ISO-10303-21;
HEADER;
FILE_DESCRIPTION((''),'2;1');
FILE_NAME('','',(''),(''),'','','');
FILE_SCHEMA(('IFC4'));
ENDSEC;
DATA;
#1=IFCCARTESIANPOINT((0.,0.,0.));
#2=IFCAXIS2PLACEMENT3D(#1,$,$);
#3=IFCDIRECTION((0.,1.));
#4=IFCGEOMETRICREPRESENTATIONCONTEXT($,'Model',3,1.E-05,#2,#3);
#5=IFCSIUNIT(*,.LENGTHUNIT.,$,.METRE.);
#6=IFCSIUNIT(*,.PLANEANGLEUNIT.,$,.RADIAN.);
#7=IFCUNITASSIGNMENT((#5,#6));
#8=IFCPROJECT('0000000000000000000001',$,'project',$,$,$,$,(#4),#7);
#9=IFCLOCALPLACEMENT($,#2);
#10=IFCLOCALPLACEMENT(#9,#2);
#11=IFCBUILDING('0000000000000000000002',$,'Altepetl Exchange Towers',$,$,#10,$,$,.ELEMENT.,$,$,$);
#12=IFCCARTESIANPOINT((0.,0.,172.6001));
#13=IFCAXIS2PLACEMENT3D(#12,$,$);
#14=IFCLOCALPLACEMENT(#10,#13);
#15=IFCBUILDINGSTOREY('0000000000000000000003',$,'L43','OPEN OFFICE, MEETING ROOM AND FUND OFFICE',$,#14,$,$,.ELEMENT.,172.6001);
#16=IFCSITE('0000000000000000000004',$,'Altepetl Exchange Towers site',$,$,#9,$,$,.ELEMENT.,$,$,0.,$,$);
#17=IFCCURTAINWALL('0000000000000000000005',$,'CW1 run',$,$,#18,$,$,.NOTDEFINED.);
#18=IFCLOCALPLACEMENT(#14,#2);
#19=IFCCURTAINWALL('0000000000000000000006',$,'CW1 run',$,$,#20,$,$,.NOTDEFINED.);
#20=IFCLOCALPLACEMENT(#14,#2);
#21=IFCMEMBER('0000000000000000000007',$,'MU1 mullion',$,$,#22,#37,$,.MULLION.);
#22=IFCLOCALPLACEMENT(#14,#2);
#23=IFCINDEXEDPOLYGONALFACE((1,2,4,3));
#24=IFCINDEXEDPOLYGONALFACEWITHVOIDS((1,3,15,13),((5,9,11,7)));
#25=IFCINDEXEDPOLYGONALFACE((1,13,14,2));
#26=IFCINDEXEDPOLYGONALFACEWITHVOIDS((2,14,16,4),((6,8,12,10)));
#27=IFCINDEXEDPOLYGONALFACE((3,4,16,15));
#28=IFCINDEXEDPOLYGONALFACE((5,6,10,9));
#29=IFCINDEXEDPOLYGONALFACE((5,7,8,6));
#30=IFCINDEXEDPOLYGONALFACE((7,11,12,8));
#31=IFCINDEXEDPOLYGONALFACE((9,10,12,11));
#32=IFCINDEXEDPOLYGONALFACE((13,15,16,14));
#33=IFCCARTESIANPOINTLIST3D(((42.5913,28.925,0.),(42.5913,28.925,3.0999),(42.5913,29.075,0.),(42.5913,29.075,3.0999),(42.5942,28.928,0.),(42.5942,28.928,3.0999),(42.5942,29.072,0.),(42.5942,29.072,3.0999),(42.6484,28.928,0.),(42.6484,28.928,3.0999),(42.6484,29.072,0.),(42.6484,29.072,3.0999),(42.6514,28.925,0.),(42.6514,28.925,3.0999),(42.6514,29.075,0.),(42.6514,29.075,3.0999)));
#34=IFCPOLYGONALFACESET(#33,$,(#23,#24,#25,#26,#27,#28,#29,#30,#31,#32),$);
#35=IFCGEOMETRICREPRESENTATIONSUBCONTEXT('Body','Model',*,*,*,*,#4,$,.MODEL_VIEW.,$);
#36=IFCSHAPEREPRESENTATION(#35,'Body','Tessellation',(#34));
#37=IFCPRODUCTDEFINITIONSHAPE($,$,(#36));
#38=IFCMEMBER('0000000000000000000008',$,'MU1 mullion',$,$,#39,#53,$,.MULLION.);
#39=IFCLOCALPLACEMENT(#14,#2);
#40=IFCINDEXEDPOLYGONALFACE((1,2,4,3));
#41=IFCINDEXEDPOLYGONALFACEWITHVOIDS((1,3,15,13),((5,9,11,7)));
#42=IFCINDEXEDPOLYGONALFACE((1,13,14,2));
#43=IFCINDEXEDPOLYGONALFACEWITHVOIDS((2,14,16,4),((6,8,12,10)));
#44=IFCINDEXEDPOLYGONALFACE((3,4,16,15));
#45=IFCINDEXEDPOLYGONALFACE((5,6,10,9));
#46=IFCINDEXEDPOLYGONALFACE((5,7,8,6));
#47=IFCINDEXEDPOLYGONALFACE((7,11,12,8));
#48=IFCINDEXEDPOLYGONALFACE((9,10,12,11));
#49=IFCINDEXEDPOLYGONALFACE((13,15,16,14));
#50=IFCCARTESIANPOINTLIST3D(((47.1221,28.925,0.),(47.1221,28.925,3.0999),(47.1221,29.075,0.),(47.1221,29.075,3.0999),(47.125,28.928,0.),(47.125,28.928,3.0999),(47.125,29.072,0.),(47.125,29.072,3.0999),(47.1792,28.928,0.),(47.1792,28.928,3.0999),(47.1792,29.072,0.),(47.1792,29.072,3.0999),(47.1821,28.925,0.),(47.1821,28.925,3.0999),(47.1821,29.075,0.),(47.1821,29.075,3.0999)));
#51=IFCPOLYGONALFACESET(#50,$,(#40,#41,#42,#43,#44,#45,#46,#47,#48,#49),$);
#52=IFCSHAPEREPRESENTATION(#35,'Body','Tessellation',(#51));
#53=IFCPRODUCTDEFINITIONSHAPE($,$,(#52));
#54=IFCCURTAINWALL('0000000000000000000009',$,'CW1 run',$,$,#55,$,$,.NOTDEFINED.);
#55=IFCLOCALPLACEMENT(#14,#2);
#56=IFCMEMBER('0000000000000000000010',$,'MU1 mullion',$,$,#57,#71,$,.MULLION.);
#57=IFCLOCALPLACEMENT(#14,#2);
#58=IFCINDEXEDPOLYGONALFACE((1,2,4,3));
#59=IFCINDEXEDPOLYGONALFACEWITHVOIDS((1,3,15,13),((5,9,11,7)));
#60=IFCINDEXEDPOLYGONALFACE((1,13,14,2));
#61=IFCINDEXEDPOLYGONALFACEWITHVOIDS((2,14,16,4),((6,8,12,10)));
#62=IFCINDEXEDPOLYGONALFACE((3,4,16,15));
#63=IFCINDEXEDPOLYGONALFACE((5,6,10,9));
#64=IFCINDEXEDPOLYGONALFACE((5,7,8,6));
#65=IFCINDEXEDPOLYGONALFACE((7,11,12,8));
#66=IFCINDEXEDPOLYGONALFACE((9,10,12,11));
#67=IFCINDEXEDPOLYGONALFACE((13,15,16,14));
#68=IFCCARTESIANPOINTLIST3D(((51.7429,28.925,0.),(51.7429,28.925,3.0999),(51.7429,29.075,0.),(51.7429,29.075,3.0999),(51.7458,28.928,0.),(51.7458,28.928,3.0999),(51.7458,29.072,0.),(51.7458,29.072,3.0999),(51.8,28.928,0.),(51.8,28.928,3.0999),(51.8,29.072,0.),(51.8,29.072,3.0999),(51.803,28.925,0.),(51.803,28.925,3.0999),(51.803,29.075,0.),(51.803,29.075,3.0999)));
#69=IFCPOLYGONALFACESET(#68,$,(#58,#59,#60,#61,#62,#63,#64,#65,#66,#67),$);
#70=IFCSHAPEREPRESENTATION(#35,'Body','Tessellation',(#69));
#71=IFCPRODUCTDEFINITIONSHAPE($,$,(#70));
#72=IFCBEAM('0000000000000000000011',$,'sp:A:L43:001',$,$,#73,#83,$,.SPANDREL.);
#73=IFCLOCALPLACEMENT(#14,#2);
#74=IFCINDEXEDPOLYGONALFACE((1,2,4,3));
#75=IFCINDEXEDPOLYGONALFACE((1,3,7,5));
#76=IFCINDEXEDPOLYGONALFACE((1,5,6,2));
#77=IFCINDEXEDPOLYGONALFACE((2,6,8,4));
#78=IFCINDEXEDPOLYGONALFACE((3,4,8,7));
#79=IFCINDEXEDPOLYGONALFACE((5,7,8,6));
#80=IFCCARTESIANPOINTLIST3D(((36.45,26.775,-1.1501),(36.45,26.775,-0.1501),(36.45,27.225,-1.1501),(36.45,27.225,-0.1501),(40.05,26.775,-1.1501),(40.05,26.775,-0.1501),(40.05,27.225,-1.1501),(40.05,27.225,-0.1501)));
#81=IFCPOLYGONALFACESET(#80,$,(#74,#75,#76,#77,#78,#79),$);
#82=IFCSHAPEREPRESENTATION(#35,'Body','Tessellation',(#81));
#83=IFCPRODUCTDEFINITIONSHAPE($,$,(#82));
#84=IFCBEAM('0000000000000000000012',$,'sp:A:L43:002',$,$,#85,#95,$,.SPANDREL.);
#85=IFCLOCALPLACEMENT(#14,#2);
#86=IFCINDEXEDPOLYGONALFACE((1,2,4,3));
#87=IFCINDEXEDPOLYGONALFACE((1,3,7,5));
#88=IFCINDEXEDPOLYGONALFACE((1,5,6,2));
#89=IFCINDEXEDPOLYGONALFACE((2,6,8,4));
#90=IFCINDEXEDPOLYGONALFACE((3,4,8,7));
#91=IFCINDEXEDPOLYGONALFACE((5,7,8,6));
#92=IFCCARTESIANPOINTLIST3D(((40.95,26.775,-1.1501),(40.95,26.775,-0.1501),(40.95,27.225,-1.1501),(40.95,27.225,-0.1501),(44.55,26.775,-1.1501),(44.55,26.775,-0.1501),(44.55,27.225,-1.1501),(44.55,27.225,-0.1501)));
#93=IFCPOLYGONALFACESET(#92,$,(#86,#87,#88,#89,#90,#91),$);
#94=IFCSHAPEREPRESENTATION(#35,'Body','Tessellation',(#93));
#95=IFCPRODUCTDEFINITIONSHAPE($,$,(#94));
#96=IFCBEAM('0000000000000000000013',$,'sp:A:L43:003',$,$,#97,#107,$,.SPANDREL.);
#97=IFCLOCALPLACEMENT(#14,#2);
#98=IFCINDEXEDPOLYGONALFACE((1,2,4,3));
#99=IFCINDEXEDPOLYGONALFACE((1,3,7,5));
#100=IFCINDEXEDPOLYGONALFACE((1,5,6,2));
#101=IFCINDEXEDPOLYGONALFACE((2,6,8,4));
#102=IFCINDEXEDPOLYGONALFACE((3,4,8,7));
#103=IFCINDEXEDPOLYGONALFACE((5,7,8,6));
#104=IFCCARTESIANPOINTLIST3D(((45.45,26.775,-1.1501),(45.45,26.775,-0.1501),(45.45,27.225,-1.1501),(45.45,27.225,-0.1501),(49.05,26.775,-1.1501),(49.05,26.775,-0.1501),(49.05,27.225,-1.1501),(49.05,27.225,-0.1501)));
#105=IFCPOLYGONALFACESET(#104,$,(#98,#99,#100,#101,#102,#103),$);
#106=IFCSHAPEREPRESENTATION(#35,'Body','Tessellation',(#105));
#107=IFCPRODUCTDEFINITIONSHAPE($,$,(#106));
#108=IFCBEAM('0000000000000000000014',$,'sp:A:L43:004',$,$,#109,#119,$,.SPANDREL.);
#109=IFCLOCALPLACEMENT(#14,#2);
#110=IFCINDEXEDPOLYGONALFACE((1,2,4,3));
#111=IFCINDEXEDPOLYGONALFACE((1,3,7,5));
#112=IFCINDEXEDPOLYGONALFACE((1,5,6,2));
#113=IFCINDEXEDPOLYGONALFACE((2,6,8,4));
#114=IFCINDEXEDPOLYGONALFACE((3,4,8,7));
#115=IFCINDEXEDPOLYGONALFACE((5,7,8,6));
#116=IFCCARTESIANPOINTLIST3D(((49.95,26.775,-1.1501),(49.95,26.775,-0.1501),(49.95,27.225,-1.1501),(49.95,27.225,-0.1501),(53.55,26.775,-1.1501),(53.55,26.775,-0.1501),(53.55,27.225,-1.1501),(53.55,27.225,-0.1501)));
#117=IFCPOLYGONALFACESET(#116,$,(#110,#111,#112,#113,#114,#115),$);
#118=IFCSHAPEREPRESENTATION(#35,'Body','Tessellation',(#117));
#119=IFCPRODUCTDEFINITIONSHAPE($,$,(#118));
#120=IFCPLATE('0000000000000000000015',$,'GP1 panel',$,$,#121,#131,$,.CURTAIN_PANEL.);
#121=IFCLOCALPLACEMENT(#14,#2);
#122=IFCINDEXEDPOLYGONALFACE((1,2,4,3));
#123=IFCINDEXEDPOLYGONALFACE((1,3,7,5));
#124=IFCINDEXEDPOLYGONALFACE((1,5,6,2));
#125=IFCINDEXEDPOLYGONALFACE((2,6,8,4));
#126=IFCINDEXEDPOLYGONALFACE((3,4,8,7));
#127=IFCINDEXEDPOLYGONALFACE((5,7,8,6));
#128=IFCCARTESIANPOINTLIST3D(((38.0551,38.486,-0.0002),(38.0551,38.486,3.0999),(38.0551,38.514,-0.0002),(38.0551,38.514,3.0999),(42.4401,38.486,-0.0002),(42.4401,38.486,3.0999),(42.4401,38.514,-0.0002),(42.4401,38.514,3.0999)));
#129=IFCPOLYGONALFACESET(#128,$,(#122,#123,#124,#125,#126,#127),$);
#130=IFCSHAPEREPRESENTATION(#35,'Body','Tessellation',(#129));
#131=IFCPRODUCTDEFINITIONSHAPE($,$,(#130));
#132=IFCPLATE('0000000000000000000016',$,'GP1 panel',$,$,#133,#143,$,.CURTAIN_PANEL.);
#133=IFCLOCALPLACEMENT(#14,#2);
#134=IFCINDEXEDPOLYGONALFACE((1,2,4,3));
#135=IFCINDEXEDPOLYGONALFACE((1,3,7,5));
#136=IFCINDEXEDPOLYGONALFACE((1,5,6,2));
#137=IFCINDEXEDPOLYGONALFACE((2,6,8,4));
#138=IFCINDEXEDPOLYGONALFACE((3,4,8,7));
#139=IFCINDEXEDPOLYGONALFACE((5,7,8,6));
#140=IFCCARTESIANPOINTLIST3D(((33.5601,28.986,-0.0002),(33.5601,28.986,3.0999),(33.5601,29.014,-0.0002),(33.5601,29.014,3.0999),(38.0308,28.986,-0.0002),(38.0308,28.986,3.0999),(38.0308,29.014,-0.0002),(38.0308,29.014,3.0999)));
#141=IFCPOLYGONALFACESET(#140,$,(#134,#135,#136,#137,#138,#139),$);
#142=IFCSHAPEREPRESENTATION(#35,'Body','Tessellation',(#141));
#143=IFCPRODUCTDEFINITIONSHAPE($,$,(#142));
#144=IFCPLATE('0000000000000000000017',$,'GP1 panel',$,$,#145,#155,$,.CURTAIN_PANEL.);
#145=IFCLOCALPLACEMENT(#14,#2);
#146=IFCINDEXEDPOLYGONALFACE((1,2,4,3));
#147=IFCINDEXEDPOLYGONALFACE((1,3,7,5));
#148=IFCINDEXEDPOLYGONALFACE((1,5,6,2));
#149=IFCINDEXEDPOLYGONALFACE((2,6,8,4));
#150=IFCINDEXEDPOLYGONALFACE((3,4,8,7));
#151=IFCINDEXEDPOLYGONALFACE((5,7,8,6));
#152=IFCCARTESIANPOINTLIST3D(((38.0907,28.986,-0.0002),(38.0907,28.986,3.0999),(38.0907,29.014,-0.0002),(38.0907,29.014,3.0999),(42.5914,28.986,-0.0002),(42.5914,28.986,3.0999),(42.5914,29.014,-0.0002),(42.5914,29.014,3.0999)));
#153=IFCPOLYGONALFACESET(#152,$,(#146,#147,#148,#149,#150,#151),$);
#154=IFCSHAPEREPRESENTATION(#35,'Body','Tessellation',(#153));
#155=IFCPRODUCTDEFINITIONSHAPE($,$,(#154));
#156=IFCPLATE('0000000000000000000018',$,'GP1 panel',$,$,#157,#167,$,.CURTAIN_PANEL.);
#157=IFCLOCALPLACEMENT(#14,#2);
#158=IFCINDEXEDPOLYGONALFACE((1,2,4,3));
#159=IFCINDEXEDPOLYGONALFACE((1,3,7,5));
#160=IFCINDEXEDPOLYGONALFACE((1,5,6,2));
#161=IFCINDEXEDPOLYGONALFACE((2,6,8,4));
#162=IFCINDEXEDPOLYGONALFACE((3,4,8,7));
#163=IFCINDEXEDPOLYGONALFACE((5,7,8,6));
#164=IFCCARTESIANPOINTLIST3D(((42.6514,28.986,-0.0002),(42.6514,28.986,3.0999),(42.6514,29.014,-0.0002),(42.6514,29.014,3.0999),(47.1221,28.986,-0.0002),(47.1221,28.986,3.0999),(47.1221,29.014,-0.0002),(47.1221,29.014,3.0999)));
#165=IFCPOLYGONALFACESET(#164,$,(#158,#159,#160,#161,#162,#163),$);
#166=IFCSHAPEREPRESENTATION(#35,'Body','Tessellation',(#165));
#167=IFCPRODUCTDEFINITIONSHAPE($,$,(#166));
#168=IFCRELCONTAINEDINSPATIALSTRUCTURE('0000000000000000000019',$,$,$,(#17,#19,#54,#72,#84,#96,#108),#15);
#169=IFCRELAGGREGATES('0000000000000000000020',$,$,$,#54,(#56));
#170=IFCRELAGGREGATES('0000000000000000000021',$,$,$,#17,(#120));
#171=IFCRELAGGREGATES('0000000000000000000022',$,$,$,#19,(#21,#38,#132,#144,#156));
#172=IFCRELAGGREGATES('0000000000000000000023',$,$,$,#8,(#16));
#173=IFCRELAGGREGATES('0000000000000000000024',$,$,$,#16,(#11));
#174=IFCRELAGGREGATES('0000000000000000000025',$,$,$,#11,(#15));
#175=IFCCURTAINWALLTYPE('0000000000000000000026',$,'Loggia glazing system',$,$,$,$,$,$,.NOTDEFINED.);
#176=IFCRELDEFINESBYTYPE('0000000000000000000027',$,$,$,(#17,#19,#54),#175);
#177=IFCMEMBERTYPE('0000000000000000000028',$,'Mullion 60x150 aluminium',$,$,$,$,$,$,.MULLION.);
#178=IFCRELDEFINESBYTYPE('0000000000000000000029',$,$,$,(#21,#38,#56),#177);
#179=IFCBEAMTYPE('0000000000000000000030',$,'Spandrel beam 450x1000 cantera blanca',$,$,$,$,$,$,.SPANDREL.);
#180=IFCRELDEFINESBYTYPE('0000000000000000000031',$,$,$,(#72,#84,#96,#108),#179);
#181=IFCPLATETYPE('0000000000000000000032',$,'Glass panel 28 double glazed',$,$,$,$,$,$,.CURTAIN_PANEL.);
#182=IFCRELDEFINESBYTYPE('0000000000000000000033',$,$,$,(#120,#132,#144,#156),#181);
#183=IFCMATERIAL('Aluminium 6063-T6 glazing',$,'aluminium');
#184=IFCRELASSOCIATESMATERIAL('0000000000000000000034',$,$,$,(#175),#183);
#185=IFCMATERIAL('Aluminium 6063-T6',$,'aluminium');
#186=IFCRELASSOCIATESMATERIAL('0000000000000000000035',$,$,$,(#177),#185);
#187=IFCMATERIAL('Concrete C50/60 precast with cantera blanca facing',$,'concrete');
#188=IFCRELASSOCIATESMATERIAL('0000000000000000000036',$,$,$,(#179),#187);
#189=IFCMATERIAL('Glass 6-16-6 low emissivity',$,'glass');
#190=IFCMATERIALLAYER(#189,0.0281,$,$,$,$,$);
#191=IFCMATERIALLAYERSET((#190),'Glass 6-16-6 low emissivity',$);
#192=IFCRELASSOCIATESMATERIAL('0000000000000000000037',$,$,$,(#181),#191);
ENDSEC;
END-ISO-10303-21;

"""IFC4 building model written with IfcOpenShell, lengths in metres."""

from ifc_helpers import new_model, si_unit, direction, frame, origin, origin_2d, place, context, subcontext, project, spatial, rectangle, hollow_rectangle, extrude, material, layer, layer_set, material_profile, profile_set, type_object, element, aggregate, save


model = new_model("IFC4")

# Units and contexts
model_context = context("Model", 3, precision=1e-05, world=origin(), true_north=direction((0.0, 1.0)))
body_context = subcontext(model_context, "Body", "Model", "MODEL_VIEW")
ifc_project = project(units=[si_unit("LENGTHUNIT", "METRE"), si_unit("PLANEANGLEUNIT", "RADIAN")], contexts=[model_context])

# Site, building, storey
site_placement = place(None, origin())
site = spatial("IfcSite", under=ifc_project, at=site_placement, Name="Altepetl Exchange Towers site", CompositionType="ELEMENT", RefElevation=0.0)
building_placement = place(site_placement, origin())
building = spatial("IfcBuilding", under=site, at=building_placement, Name="Altepetl Exchange Towers", CompositionType="ELEMENT")
storey_placement = place(building_placement, frame((0.0, 0.0, 172.6001)))
storey = spatial("IfcBuildingStorey", under=building, at=storey_placement, Name="L43", Description="OPEN OFFICE, MEETING ROOM AND FUND OFFICE", CompositionType="ELEMENT", Elevation=172.6001)

# Curtain walls, members
ifc_material_1 = material(Name="Aluminium 6063-T6 glazing", Category="aluminium")
curtain_wall_type = type_object("IfcCurtainWallType", Name="Loggia glazing system", PredefinedType="NOTDEFINED", material=ifc_material_1)
curtain_wall_1_placement = place(storey_placement, origin())
curtain_wall_1 = element("IfcCurtainWall", 1, at=curtain_wall_1_placement, inside=storey, type_object=curtain_wall_type, Name="CW1 run", PredefinedType="NOTDEFINED")
ifc_material_2 = material(Name="Aluminium 6063-T6", Category="aluminium")
ifc_material_profile_1 = material_profile(ifc_material_2, hollow_rectangle(XDim=0.0601, YDim=0.1499, WallThickness=0.0029, at=origin_2d()), Name="Mullion 60x150 aluminium")
ifc_profile_set_1 = profile_set([ifc_material_profile_1], Name="Aluminium 6063-T6")
member_type = type_object("IfcMemberType", Name="Mullion 60x150 aluminium", PredefinedType="MULLION", material=ifc_profile_set_1)
curtain_wall_2_placement = place(storey_placement, origin())
curtain_wall_2 = element("IfcCurtainWall", 2, at=curtain_wall_2_placement, inside=storey, type_object=curtain_wall_type, Name="CW1 run", PredefinedType="NOTDEFINED")
member_1_placement = place(storey_placement, frame((42.6213, 29.0, 0.0)))
member_1 = element("IfcMember", 3, at=member_1_placement, type_object=member_type, Name="MU1 mullion", PredefinedType="MULLION", context=body_context, shape_type="SweptSolid", body=[
    extrude(hollow_rectangle(XDim=0.0601, YDim=0.1499, WallThickness=0.0029, at=origin_2d()), origin(), (0.0, 0.0, 1.0), 3.0999),
])
member_2_placement = place(storey_placement, frame((47.1521, 29.0, 0.0)))
member_2 = element("IfcMember", 4, at=member_2_placement, type_object=member_type, Name="MU1 mullion", PredefinedType="MULLION", context=body_context, shape_type="SweptSolid", body=[
    extrude(hollow_rectangle(XDim=0.0601, YDim=0.1499, WallThickness=0.0029, at=origin_2d()), origin(), (0.0, 0.0, 1.0), 3.0999),
])

# Curtain wall, member
curtain_wall_3_placement = place(storey_placement, origin())
curtain_wall_3 = element("IfcCurtainWall", 5, at=curtain_wall_3_placement, inside=storey, type_object=curtain_wall_type, Name="CW1 run", PredefinedType="NOTDEFINED")
member_3_placement = place(storey_placement, frame((51.7729, 29.0, 0.0)))
member_3 = element("IfcMember", 6, at=member_3_placement, type_object=member_type, Name="MU1 mullion", PredefinedType="MULLION", context=body_context, shape_type="SweptSolid", body=[
    extrude(hollow_rectangle(XDim=0.0601, YDim=0.1499, WallThickness=0.0029, at=origin_2d()), origin(), (0.0, 0.0, 1.0), 3.0999),
])
aggregate(curtain_wall_3, [member_3])

# Beams
ifc_material_3 = material(Name="Concrete C50/60 precast with cantera blanca facing", Category="concrete")
ifc_material_profile_2 = material_profile(ifc_material_3, rectangle(XDim=0.45, YDim=1.0, at=origin_2d()), Name="450 x 1000")
ifc_profile_set_2 = profile_set([ifc_material_profile_2], Name="Concrete C50/60 precast with cantera blanca facing")
beam_type_1 = type_object("IfcBeamType", Name="Spandrel beam 450x1000 cantera blanca", PredefinedType="SPANDREL", material=ifc_profile_set_2)
for number, where, z_axis, x_axis, name in (
    (7, (36.45, 27.0, -0.6501), (1.0, 0.0, 0.0), (0.0, 1.0, 0.0), "sp:A:L43:001"),
    (8, (40.95, 27.0, -0.6501), (1.0, 0.0, 0.0), (0.0, 1.0, 0.0), "sp:A:L43:002"),
    (9, (45.45, 27.0, -0.6501), (1.0, 0.0, 0.0), (0.0, 1.0, 0.0), "sp:A:L43:003"),
    (10, (49.95, 27.0, -0.6501), (1.0, 0.0, 0.0), (0.0, 1.0, 0.0), "sp:A:L43:004"),
):
    element("IfcBeam", number, at=place(storey_placement, frame(where, z_axis=z_axis, x_axis=x_axis)), inside=storey, type_object=beam_type_1, Name=name, PredefinedType="SPANDREL", context=body_context, shape_type="SweptSolid", body=[
        extrude(rectangle(XDim=0.45, YDim=1.0, at=origin_2d()), origin(), (0.0, 0.0, 1.0), 3.6001),
    ])

# Plates
ifc_material_4 = material(Name="Glass 6-16-6 low emissivity", Category="glass")
ifc_layer_1 = layer(ifc_material_4, 0.0281)
ifc_layer_set_1 = layer_set([ifc_layer_1], Name="Glass 6-16-6 low emissivity")
plate_type = type_object("IfcPlateType", Name="Glass panel 28 double glazed", PredefinedType="CURTAIN_PANEL", material=ifc_layer_set_1)
plate_1_placement = place(storey_placement, frame((40.2476, 38.5, -0.0002), z_axis=(0.0, 0.0, 1.0), x_axis=(-1.0, 0.0, 0.0)))
plate_1 = element("IfcPlate", 11, at=plate_1_placement, type_object=plate_type, Name="GP1 panel", PredefinedType="CURTAIN_PANEL", context=body_context, shape_type="SweptSolid", body=[
    extrude(rectangle(XDim=4.385, YDim=0.0281, at=origin_2d()), origin(), (0.0, 0.0, 1.0), 3.1001),
])
aggregate(curtain_wall_1, [plate_1])
plate_2_placement = place(storey_placement, frame((35.7954, 29.0, -0.0002)))
plate_2 = element("IfcPlate", 12, at=plate_2_placement, type_object=plate_type, Name="GP1 panel", PredefinedType="CURTAIN_PANEL", context=body_context, shape_type="SweptSolid", body=[
    extrude(rectangle(XDim=4.4707, YDim=0.0281, at=origin_2d()), origin(), (0.0, 0.0, 1.0), 3.1001),
])
plate_3_placement = place(storey_placement, frame((40.3411, 29.0, -0.0002)))
plate_3 = element("IfcPlate", 13, at=plate_3_placement, type_object=plate_type, Name="GP1 panel", PredefinedType="CURTAIN_PANEL", context=body_context, shape_type="SweptSolid", body=[
    extrude(rectangle(XDim=4.5007, YDim=0.0281, at=origin_2d()), origin(), (0.0, 0.0, 1.0), 3.1001),
])
plate_4_placement = place(storey_placement, frame((44.8867, 29.0, -0.0002)))
plate_4 = element("IfcPlate", 14, at=plate_4_placement, type_object=plate_type, Name="GP1 panel", PredefinedType="CURTAIN_PANEL", context=body_context, shape_type="SweptSolid", body=[
    extrude(rectangle(XDim=4.4707, YDim=0.0281, at=origin_2d()), origin(), (0.0, 0.0, 1.0), 3.1001),
])
aggregate(curtain_wall_2, [member_1, member_2, plate_2, plate_3, plate_4])

save(model, "model.ifc")
